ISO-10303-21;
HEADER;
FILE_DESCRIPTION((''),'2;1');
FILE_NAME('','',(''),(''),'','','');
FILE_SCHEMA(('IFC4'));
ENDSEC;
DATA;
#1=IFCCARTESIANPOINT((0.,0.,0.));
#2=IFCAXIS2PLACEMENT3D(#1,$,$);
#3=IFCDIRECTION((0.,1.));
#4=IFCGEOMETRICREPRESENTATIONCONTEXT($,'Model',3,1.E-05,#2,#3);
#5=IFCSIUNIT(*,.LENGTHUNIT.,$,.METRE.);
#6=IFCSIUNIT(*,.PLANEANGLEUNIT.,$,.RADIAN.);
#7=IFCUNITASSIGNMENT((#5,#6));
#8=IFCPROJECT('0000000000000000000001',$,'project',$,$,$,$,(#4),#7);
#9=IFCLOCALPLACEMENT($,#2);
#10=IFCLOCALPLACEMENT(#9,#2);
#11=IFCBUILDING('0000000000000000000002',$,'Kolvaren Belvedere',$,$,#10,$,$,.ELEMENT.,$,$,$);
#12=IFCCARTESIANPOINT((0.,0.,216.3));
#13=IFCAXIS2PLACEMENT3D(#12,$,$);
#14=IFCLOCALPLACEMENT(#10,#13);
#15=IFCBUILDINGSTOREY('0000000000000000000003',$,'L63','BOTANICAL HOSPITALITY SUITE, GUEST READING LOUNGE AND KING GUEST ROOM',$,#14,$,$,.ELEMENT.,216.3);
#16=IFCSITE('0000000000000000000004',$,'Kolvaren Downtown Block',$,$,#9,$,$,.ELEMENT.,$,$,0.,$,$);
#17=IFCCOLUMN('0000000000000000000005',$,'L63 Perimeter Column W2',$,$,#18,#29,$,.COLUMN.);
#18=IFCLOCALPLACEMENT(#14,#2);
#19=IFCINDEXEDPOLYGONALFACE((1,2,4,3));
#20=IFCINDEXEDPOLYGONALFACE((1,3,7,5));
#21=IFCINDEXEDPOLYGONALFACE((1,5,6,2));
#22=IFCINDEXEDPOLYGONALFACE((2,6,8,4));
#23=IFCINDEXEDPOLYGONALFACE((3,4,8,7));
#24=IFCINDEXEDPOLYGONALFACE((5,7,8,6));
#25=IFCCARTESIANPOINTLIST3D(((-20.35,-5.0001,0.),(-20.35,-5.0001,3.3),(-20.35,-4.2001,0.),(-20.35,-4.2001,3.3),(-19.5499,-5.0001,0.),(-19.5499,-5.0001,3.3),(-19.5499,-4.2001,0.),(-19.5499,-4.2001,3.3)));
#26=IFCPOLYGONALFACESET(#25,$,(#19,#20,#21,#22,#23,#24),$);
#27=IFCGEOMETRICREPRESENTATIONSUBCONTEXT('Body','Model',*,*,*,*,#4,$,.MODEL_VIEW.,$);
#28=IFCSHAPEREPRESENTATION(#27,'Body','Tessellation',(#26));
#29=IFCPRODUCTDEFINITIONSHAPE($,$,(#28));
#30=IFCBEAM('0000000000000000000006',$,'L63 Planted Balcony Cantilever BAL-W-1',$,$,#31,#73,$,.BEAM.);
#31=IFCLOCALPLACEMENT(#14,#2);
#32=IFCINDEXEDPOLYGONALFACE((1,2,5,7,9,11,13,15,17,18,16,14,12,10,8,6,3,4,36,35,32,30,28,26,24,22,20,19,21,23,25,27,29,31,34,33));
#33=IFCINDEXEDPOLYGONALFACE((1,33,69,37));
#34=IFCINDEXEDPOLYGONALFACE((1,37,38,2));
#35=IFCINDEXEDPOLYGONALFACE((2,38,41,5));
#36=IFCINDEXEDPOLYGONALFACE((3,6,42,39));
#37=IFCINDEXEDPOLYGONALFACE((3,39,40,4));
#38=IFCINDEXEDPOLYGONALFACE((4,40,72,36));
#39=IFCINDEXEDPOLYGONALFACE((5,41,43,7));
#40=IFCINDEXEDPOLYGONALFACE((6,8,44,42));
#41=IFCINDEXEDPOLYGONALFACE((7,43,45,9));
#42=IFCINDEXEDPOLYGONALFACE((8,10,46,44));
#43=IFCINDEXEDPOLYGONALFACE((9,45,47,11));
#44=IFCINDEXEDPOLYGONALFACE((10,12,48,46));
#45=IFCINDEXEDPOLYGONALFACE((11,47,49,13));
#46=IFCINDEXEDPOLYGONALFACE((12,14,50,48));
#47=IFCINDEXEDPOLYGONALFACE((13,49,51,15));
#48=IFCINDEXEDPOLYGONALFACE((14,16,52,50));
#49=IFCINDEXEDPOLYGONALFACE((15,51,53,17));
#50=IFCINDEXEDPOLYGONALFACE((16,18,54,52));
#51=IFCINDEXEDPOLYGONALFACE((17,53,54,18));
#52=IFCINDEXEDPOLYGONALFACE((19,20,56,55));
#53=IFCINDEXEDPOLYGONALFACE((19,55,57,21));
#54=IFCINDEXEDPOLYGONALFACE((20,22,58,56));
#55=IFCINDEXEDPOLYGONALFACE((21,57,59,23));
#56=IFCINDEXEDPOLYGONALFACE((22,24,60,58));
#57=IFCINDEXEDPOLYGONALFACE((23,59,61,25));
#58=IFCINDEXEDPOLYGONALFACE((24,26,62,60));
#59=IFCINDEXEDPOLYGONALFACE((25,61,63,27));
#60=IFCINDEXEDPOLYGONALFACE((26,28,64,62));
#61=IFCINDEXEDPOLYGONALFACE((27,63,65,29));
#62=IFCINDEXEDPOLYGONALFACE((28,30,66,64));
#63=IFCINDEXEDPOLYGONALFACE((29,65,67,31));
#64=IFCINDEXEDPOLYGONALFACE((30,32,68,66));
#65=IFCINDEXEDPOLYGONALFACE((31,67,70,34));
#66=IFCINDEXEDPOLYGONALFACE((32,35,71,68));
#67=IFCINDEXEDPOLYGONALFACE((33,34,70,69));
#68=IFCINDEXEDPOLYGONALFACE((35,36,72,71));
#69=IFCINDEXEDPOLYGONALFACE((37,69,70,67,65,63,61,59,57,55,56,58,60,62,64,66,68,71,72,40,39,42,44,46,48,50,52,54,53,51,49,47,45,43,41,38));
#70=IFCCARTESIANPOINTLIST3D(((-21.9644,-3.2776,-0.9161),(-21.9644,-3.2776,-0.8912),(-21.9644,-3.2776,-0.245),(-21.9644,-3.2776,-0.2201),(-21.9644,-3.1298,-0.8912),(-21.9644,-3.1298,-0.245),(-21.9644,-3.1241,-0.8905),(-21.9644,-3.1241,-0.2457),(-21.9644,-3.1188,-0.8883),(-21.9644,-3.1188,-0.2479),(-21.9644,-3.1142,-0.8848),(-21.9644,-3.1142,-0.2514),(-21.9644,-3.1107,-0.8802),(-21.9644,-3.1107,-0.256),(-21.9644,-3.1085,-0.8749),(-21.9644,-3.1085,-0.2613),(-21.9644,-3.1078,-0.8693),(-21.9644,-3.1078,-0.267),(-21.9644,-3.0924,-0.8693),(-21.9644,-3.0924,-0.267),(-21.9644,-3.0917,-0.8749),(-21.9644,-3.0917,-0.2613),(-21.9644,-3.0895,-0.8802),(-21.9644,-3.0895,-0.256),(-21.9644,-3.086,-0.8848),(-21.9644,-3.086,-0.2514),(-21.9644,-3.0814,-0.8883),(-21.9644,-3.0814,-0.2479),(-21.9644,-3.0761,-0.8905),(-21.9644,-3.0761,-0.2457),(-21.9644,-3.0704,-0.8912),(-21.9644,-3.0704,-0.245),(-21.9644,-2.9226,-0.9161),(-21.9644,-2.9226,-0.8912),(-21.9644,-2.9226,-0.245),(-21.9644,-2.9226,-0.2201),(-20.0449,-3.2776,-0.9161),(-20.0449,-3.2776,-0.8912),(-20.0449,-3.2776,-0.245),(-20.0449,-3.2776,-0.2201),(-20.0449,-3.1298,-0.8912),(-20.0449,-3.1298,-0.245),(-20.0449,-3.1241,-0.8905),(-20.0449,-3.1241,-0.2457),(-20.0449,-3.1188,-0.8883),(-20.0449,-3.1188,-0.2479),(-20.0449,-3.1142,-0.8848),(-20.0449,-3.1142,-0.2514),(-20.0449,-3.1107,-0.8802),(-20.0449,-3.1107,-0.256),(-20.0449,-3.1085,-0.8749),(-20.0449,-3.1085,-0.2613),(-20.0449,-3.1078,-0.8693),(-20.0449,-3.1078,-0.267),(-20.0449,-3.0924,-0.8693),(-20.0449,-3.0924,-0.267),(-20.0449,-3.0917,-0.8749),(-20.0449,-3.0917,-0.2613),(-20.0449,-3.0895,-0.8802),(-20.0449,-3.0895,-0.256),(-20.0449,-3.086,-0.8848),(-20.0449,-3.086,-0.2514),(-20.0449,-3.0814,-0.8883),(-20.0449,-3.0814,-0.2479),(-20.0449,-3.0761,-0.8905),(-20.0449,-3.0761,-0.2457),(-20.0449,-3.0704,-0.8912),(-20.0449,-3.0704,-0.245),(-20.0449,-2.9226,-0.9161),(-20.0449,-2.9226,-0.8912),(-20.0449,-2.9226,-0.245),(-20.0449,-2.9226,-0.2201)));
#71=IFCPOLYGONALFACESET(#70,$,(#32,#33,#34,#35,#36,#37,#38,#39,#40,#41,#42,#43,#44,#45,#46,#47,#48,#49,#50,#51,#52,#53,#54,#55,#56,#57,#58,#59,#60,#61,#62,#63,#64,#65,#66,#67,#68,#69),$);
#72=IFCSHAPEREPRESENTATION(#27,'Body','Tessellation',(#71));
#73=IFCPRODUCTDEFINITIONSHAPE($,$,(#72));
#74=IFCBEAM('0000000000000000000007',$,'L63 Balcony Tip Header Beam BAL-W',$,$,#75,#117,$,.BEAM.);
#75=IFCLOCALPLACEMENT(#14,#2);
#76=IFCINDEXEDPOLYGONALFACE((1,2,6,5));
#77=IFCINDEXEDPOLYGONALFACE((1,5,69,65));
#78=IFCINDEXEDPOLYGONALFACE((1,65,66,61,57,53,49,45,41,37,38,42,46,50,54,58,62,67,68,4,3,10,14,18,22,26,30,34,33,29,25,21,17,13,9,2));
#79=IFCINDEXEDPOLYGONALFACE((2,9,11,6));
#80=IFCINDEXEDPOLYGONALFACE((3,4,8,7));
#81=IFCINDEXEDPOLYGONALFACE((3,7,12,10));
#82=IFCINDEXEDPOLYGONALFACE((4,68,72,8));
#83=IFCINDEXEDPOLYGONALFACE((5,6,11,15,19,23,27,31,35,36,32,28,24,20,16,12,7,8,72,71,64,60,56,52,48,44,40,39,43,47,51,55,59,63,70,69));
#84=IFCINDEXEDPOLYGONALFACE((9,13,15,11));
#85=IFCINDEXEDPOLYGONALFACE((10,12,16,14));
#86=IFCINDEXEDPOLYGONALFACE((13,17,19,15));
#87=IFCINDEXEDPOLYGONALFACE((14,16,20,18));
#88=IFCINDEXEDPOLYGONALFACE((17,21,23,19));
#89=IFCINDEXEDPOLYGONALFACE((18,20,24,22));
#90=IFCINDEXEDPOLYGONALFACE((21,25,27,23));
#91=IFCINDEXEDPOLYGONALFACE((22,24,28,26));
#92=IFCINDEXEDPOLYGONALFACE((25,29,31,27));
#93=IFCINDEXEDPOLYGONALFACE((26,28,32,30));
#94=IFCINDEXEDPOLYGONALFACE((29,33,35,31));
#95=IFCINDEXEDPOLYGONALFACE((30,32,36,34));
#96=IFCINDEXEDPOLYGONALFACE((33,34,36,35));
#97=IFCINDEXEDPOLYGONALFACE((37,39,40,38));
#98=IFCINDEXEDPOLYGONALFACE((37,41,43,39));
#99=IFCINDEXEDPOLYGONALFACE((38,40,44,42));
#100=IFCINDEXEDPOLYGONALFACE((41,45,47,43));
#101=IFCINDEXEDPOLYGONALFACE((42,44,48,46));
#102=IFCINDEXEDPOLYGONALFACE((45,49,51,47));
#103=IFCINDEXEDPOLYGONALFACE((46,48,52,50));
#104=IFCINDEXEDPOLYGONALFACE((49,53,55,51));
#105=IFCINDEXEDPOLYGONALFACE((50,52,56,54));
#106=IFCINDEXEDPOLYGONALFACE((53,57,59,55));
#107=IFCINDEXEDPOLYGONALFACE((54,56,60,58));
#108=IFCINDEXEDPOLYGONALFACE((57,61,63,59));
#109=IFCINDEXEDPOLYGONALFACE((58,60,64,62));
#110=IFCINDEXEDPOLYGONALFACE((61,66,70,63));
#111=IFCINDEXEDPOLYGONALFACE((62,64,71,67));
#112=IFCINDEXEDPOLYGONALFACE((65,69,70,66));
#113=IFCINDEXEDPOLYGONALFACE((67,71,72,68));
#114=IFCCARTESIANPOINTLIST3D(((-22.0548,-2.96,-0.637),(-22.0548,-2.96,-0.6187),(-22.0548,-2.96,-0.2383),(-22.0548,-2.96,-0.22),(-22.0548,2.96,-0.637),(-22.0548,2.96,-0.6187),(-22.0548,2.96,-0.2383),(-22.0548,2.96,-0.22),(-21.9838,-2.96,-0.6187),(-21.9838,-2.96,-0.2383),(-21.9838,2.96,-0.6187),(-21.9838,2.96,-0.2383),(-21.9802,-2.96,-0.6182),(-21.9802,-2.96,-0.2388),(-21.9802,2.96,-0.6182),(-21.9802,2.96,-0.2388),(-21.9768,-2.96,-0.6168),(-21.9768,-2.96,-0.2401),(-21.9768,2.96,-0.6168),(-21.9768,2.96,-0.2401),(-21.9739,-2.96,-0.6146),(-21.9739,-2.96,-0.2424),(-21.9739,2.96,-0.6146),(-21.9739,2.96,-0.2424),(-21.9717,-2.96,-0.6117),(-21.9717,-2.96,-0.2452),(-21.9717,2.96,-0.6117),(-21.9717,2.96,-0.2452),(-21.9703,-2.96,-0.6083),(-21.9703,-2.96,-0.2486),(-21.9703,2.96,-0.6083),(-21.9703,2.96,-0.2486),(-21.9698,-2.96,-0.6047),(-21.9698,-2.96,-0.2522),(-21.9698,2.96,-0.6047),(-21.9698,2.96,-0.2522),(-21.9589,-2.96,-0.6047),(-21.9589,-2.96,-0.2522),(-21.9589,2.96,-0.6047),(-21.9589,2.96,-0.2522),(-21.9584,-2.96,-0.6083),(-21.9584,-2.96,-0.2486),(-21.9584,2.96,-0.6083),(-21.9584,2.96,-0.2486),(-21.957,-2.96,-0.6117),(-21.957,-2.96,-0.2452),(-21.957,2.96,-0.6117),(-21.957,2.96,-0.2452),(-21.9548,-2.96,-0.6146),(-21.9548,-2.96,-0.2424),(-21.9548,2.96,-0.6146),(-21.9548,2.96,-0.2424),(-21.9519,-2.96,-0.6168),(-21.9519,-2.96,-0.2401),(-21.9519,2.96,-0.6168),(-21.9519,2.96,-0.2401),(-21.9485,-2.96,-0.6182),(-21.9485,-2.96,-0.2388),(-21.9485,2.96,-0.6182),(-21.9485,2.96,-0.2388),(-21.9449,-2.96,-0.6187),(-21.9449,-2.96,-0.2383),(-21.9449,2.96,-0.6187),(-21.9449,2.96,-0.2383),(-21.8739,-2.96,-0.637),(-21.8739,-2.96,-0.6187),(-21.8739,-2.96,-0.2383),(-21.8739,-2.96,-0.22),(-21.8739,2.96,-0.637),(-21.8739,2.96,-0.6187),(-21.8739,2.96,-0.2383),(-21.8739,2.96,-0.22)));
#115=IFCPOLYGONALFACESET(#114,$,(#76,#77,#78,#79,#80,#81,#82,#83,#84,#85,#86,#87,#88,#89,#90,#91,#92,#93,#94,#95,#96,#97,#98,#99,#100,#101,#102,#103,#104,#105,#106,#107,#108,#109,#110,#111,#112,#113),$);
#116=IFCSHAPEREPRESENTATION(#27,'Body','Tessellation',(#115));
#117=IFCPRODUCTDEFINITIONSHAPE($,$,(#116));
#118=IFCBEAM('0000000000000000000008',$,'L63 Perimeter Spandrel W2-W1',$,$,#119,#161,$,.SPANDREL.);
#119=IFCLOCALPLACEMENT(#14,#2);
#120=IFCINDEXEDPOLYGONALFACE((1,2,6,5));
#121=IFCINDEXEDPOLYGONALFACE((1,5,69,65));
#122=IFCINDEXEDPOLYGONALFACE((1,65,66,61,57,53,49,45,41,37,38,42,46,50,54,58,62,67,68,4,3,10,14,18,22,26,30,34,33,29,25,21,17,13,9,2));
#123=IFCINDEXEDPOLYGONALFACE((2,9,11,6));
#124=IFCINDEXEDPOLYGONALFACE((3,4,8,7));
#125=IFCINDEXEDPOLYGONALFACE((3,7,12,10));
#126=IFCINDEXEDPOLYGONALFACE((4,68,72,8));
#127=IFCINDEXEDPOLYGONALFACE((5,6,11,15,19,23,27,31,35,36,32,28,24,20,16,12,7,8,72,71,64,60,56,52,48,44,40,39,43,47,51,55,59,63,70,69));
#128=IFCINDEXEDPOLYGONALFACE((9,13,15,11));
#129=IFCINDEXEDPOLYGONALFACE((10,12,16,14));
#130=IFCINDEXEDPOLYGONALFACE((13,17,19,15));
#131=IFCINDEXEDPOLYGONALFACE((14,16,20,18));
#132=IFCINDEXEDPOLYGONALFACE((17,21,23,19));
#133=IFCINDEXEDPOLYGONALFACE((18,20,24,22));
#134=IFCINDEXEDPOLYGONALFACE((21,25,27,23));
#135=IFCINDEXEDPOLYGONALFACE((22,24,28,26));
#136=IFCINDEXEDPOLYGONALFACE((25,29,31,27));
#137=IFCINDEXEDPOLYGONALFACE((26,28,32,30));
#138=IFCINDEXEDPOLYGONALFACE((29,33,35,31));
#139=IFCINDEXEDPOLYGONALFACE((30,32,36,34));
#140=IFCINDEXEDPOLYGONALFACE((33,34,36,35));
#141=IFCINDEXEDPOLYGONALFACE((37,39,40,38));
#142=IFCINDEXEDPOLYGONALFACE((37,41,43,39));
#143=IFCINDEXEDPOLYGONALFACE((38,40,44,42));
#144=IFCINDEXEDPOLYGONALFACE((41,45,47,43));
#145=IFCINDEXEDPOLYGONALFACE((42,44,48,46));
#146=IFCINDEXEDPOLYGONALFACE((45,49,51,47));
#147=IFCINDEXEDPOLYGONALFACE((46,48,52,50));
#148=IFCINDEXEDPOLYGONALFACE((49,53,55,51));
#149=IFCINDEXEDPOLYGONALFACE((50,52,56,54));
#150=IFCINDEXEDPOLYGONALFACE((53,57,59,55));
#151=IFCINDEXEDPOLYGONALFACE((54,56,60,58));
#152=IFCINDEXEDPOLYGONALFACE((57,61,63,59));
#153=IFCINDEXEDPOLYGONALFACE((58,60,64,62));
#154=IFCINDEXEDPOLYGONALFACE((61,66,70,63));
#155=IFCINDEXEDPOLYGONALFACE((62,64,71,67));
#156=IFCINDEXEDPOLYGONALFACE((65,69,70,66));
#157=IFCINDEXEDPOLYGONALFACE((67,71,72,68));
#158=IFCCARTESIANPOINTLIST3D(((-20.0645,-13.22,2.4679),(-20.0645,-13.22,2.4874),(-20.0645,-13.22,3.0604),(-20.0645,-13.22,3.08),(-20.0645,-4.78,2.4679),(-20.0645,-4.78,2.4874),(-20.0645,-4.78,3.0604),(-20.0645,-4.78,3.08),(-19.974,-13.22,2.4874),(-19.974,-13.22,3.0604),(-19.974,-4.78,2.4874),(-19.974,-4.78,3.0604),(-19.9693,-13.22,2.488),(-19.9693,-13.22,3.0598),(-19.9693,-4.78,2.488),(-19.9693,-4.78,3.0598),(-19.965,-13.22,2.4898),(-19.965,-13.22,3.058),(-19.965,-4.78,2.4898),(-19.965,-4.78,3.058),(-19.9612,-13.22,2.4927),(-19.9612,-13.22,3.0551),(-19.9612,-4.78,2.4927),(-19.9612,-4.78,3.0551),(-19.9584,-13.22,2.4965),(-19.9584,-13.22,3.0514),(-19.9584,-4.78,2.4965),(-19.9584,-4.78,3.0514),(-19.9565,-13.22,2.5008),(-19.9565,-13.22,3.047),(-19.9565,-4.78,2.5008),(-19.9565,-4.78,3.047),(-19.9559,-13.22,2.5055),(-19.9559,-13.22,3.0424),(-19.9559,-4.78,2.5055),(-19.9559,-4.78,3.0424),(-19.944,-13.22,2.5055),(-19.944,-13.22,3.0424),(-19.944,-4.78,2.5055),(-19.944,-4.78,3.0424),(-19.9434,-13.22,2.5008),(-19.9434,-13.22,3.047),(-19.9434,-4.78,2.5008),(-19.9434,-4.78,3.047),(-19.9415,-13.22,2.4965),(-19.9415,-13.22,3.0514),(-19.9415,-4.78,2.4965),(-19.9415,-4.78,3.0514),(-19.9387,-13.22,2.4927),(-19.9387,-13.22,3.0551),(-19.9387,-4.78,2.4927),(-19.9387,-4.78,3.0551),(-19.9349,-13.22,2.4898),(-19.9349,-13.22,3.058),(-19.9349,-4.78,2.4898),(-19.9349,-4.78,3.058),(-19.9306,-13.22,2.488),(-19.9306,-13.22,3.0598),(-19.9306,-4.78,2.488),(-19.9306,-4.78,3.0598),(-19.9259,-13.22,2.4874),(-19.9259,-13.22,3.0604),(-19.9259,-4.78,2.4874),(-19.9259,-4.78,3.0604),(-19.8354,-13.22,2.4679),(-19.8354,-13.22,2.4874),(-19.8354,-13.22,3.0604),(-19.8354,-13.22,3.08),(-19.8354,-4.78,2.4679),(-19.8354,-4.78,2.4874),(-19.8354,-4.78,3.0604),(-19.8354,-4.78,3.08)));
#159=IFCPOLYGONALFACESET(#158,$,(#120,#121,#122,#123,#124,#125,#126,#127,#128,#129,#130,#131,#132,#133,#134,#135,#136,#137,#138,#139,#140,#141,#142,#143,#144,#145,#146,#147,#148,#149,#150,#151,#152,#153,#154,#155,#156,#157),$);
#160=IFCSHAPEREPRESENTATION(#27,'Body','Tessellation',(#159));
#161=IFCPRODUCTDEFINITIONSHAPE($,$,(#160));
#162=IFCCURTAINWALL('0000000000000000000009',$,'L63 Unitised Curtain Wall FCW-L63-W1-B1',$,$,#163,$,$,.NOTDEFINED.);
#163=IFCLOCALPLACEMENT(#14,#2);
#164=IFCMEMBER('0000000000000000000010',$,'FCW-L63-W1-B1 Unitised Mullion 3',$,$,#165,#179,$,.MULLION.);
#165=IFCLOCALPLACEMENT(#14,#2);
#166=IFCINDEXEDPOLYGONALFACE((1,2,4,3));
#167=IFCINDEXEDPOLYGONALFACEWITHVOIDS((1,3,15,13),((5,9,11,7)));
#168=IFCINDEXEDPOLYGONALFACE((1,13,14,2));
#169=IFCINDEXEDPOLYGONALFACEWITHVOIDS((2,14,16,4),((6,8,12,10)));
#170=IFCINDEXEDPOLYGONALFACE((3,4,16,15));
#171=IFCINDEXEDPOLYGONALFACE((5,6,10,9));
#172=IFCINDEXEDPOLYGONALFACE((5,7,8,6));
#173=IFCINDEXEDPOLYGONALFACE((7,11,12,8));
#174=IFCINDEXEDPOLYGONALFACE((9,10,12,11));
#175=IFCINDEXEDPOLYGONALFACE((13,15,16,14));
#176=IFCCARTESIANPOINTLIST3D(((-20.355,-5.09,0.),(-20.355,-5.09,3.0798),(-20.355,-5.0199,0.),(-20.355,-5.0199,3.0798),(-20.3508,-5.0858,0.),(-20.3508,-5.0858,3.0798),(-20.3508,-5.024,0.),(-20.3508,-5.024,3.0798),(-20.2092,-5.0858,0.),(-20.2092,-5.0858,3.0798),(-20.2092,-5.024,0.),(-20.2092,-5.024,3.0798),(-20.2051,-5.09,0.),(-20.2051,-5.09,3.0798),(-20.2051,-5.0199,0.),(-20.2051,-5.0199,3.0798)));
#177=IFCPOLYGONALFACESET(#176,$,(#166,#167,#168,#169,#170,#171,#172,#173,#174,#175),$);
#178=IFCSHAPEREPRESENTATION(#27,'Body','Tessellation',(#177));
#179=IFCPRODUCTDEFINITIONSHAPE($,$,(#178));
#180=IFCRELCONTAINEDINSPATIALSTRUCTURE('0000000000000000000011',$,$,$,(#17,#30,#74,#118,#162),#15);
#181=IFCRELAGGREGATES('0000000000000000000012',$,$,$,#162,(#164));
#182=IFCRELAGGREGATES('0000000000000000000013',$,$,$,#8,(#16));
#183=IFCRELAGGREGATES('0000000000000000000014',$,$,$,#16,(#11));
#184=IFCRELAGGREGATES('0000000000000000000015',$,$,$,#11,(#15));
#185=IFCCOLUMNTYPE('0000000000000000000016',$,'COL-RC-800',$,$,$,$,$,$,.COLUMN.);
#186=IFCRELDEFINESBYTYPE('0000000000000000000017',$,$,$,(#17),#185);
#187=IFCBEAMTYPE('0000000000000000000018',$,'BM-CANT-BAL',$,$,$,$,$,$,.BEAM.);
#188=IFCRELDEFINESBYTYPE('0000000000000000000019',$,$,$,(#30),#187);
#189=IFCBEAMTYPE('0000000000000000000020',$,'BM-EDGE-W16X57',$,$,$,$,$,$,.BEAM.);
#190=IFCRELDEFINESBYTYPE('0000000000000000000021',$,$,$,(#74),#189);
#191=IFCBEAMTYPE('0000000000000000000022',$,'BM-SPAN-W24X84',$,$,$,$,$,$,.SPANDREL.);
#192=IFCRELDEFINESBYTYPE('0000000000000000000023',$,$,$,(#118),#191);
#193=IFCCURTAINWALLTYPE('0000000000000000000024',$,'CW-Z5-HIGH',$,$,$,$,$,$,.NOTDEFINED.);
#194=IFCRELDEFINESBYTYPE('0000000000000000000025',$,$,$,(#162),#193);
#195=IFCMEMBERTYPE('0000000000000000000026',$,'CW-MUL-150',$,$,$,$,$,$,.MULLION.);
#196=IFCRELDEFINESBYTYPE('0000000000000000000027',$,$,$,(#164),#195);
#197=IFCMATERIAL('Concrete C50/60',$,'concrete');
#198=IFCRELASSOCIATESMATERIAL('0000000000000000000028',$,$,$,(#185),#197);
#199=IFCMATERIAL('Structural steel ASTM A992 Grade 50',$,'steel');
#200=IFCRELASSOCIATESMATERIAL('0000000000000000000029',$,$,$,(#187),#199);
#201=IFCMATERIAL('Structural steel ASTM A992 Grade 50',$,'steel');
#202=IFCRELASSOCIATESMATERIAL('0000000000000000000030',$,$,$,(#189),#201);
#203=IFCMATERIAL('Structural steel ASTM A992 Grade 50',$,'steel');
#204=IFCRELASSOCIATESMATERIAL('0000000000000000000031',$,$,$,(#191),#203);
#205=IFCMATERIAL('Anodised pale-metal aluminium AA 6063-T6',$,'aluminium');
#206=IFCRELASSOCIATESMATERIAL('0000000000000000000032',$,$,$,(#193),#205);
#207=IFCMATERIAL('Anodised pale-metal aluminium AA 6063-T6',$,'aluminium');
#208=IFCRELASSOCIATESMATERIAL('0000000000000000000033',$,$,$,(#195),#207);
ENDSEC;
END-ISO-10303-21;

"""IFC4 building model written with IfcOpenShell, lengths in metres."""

from ifc_helpers import new_model, si_unit, direction, frame, origin, origin_2d, place, context, subcontext, project, spatial, rectangle, hollow_rectangle, i_section, extrude, material, material_profile, profile_set, type_object, element, aggregate, save


model = new_model("IFC4")

# Units and contexts
model_context = context("Model", 3, precision=1e-05, world=origin(), true_north=direction((0.0, 1.0)))
body_context = subcontext(model_context, "Body", "Model", "MODEL_VIEW")
ifc_project = project(units=[si_unit("LENGTHUNIT", "METRE"), si_unit("PLANEANGLEUNIT", "RADIAN")], contexts=[model_context])

# Site, building, storey
site_placement = place(None, origin())
site = spatial("IfcSite", under=ifc_project, at=site_placement, Name="Kolvaren Downtown Block", CompositionType="ELEMENT", RefElevation=0.0)
building_placement = place(site_placement, origin())
building = spatial("IfcBuilding", under=site, at=building_placement, Name="Kolvaren Belvedere", CompositionType="ELEMENT")
storey_placement = place(building_placement, frame((0.0, 0.0, 216.3)))
storey = spatial("IfcBuildingStorey", under=building, at=storey_placement, Name="L63", Description="BOTANICAL HOSPITALITY SUITE, GUEST READING LOUNGE AND KING GUEST ROOM", CompositionType="ELEMENT", Elevation=216.3)

# Column
ifc_material_1 = material(Name="Concrete C50/60", Category="concrete")
ifc_material_profile_1 = material_profile(ifc_material_1, rectangle(XDim=0.8, YDim=0.8, at=origin_2d()), Name="RC 800X800")
ifc_profile_set_1 = profile_set([ifc_material_profile_1], Name="Concrete C50/60")
column_type = type_object("IfcColumnType", Name="COL-RC-800", PredefinedType="COLUMN", material=ifc_profile_set_1)
column_placement = place(storey_placement, frame((-19.95, -4.6001, 0.0), z_axis=(0.0, 0.0, 1.0), x_axis=(1.0, 0.0, 0.0)))
element("IfcColumn", 1, at=column_placement, inside=storey, type_object=column_type, Name="L63 Perimeter Column W2", PredefinedType="COLUMN", context=body_context, shape_type="SweptSolid", body=[
    extrude(rectangle(XDim=0.8, YDim=0.8, at=origin_2d()), origin(), (0.0, 0.0, 1.0), 3.3),
])

# Beams
ifc_material_2 = material(Name="Structural steel ASTM A992 Grade 50", Category="steel")
ifc_material_profile_2 = material_profile(ifc_material_2, i_section(OverallWidth=0.355, OverallDepth=0.696, WebThickness=0.0154, FlangeThickness=0.0249, FilletRadius=0.022, at=origin_2d()), Name="W27X146")
ifc_profile_set_2 = profile_set([ifc_material_profile_2], Name="Structural steel ASTM A992 Grade 50")
beam_type_1 = type_object("IfcBeamType", Name="BM-CANT-BAL", PredefinedType="BEAM", material=ifc_profile_set_2)
beam_1_placement = place(storey_placement, frame((-20.0449, -3.1001, -0.5681), z_axis=(-1.0, 0.0, 0.0), x_axis=(0.0, -1.0, 0.0)))
element("IfcBeam", 2, at=beam_1_placement, inside=storey, type_object=beam_type_1, Name="L63 Planted Balcony Cantilever BAL-W-1", PredefinedType="BEAM", context=body_context, shape_type="SweptSolid", body=[
    extrude(i_section(OverallWidth=0.355, OverallDepth=0.696, WebThickness=0.0154, FlangeThickness=0.0249, FilletRadius=0.022, at=origin_2d()), origin(), (0.0, 0.0, 1.0), 1.9194),
])
ifc_material_3 = material(Name="Structural steel ASTM A992 Grade 50", Category="steel")
ifc_material_profile_3 = material_profile(ifc_material_3, i_section(OverallWidth=0.1809, OverallDepth=0.417, WebThickness=0.011, FlangeThickness=0.0183, FilletRadius=0.0139, at=origin_2d()), Name="W16X57")
ifc_profile_set_3 = profile_set([ifc_material_profile_3], Name="Structural steel ASTM A992 Grade 50")
beam_type_2 = type_object("IfcBeamType", Name="BM-EDGE-W16X57", PredefinedType="BEAM", material=ifc_profile_set_3)
beam_2_placement = place(storey_placement, frame((-21.9644, -2.96, -0.4285), z_axis=(0.0, 1.0, 0.0), x_axis=(-1.0, 0.0, 0.0)))
element("IfcBeam", 3, at=beam_2_placement, inside=storey, type_object=beam_type_2, Name="L63 Balcony Tip Header Beam BAL-W", PredefinedType="BEAM", context=body_context, shape_type="SweptSolid", body=[
    extrude(i_section(OverallWidth=0.1809, OverallDepth=0.417, WebThickness=0.011, FlangeThickness=0.0183, FilletRadius=0.0139, at=origin_2d()), origin(), (0.0, 0.0, 1.0), 5.9199),
])
ifc_material_4 = material(Name="Structural steel ASTM A992 Grade 50", Category="steel")
ifc_material_profile_4 = material_profile(ifc_material_4, i_section(OverallWidth=0.229, OverallDepth=0.6121, WebThickness=0.012, FlangeThickness=0.0195, FilletRadius=0.0181, at=origin_2d()), Name="W24X84")
ifc_profile_set_4 = profile_set([ifc_material_profile_4], Name="Structural steel ASTM A992 Grade 50")
beam_type_3 = type_object("IfcBeamType", Name="BM-SPAN-W24X84", PredefinedType="SPANDREL", material=ifc_profile_set_4)
beam_3_placement = place(storey_placement, frame((-19.95, -4.78, 2.7739), z_axis=(0.0, -1.0, 0.0), x_axis=(1.0, 0.0, 0.0)))
element("IfcBeam", 4, at=beam_3_placement, inside=storey, type_object=beam_type_3, Name="L63 Perimeter Spandrel W2-W1", PredefinedType="SPANDREL", context=body_context, shape_type="SweptSolid", body=[
    extrude(i_section(OverallWidth=0.229, OverallDepth=0.6121, WebThickness=0.012, FlangeThickness=0.0195, FilletRadius=0.0181, at=origin_2d()), origin(), (0.0, 0.0, 1.0), 8.4399),
])

# Curtain wall, member
ifc_material_5 = material(Name="Anodised pale-metal aluminium AA 6063-T6", Category="aluminium")
curtain_wall_type = type_object("IfcCurtainWallType", Name="CW-Z5-HIGH", PredefinedType="NOTDEFINED", material=ifc_material_5)
curtain_wall_1_placement = place(storey_placement, origin())
curtain_wall_1 = element("IfcCurtainWall", 5, at=curtain_wall_1_placement, inside=storey, type_object=curtain_wall_type, Name="L63 Unitised Curtain Wall FCW-L63-W1-B1", PredefinedType="NOTDEFINED")
ifc_material_6 = material(Name="Anodised pale-metal aluminium AA 6063-T6", Category="aluminium")
ifc_material_profile_5 = material_profile(ifc_material_6, hollow_rectangle(XDim=0.0701, YDim=0.1499, WallThickness=0.0042, at=origin_2d()), Name="ALU-MUL-150X70")
ifc_profile_set_5 = profile_set([ifc_material_profile_5], Name="Anodised pale-metal aluminium AA 6063-T6")
member_type_1 = type_object("IfcMemberType", Name="CW-MUL-150", PredefinedType="MULLION", material=ifc_profile_set_5)
member_1_placement = place(storey_placement, frame((-20.28, -5.0549, 0.0), z_axis=(0.0, 0.0, 1.0), x_axis=(0.0, 1.0, 0.0)))
member_1 = element("IfcMember", 6, at=member_1_placement, type_object=member_type_1, Name="FCW-L63-W1-B1 Unitised Mullion 3", PredefinedType="MULLION", context=body_context, shape_type="SweptSolid", body=[
    extrude(hollow_rectangle(XDim=0.0701, YDim=0.1499, WallThickness=0.0042, at=origin_2d()), origin(), (0.0, 0.0, 1.0), 3.0798),
])
aggregate(curtain_wall_1, [member_1])

save(model, "model.ifc")
